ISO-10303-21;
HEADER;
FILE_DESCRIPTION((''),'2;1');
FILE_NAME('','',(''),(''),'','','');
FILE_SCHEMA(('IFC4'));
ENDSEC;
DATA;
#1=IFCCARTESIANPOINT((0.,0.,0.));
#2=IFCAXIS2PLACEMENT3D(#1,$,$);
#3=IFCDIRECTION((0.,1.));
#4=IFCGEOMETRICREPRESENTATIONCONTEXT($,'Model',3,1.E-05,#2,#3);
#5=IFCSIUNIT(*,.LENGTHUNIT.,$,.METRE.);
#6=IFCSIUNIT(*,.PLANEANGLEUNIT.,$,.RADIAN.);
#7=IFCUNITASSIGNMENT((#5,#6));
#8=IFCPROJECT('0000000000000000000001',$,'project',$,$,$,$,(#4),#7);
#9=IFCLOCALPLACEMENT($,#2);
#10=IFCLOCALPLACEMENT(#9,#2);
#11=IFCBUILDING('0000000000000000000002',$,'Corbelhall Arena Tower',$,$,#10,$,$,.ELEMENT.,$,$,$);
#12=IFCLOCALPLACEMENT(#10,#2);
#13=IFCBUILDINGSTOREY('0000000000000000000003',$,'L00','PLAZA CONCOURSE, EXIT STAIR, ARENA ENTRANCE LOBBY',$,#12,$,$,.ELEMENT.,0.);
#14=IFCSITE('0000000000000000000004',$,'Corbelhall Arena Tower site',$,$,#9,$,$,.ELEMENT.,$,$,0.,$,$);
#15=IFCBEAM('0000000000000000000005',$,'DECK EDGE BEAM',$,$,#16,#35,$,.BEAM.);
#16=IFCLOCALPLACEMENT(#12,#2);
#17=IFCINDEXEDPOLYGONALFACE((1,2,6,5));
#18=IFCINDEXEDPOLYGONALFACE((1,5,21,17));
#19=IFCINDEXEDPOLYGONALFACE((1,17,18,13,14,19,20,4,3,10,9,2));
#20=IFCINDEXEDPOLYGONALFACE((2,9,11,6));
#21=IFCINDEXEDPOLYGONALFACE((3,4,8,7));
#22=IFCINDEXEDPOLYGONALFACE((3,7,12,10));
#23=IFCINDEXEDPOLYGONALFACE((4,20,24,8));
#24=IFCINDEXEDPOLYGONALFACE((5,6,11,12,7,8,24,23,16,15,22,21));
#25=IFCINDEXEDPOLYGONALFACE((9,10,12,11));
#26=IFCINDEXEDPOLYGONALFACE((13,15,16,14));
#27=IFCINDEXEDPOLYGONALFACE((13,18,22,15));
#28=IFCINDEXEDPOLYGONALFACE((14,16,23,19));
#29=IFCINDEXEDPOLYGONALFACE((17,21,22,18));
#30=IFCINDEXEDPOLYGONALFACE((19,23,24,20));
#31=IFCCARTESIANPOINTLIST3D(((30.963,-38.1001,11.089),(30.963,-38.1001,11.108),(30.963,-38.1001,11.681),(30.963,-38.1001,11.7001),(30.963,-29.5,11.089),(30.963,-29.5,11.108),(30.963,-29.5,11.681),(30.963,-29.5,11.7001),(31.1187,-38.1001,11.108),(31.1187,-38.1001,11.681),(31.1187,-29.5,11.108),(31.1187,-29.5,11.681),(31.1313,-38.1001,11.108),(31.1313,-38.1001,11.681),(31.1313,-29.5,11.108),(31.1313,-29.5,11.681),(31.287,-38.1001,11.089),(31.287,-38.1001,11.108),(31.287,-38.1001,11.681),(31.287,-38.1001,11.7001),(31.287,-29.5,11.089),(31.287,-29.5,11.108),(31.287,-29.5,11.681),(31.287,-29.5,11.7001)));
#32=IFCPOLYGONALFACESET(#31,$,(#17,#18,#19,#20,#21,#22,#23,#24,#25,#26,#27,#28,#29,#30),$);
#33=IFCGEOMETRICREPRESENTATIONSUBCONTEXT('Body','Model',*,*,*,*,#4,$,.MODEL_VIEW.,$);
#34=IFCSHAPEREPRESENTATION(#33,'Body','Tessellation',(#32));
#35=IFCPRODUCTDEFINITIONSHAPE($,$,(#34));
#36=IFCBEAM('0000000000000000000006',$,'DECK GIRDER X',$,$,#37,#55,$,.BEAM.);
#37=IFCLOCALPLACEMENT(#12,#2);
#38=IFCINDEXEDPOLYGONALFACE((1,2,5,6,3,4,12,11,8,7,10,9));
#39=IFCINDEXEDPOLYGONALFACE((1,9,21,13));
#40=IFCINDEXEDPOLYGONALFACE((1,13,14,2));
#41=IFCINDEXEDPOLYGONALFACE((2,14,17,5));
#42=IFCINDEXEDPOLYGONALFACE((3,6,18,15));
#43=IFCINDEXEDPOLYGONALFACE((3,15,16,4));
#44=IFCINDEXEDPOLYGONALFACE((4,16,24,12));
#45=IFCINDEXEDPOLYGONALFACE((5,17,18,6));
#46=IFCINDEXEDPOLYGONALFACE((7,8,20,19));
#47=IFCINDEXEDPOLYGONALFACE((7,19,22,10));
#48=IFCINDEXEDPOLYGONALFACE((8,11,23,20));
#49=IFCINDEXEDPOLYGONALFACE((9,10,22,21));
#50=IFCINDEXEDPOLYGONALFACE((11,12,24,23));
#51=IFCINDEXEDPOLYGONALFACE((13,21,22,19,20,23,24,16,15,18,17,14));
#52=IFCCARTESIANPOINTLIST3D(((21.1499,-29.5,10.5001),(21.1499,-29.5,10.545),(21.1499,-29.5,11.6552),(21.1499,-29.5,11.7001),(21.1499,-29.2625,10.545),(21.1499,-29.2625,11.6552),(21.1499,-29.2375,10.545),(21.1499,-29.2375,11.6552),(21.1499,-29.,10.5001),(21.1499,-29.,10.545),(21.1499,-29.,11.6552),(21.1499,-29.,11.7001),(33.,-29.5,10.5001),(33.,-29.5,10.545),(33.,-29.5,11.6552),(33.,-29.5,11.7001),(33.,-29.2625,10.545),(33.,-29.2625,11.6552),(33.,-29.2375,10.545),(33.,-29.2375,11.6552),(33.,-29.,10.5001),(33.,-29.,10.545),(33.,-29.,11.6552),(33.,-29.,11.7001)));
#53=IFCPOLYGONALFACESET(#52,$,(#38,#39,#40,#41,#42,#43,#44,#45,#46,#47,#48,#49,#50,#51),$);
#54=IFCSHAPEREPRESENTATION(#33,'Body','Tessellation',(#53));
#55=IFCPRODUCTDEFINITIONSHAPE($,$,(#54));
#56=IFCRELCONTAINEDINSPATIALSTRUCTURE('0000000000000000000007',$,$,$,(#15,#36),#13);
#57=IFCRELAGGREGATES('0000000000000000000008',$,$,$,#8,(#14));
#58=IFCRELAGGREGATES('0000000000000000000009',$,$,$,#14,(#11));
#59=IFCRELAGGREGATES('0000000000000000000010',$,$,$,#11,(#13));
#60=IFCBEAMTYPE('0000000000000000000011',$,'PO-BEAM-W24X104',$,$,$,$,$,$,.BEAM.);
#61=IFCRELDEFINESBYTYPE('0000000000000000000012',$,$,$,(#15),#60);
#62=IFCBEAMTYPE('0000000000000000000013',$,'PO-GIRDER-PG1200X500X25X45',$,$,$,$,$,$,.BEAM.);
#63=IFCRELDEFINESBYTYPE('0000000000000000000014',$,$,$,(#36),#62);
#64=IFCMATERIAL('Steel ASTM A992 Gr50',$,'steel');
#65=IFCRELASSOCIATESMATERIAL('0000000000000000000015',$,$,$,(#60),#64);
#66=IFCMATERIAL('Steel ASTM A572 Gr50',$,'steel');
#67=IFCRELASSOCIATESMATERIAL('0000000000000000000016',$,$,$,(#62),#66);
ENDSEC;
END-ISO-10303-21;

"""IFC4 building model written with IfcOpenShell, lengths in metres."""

from ifc_helpers import new_model, si_unit, direction, frame, origin, origin_2d, place, context, subcontext, project, spatial, i_section, extrude, material, material_profile, profile_set, type_object, element, save


model = new_model("IFC4")

# Units and contexts
model_context = context("Model", 3, precision=1e-05, world=origin(), true_north=direction((0.0, 1.0)))
body_context = subcontext(model_context, "Body", "Model", "MODEL_VIEW")
ifc_project = project(units=[si_unit("LENGTHUNIT", "METRE"), si_unit("PLANEANGLEUNIT", "RADIAN")], contexts=[model_context])

# Site, building, storey
site_placement = place(None, origin())
site = spatial("IfcSite", under=ifc_project, at=site_placement, Name="Corbelhall Arena Tower site", CompositionType="ELEMENT", RefElevation=0.0)
building_placement = place(site_placement, origin())
building = spatial("IfcBuilding", under=site, at=building_placement, Name="Corbelhall Arena Tower", CompositionType="ELEMENT")
storey_placement = place(building_placement, origin())
storey = spatial("IfcBuildingStorey", under=building, at=storey_placement, Name="L00", Description="PLAZA CONCOURSE, EXIT STAIR, ARENA ENTRANCE LOBBY", CompositionType="ELEMENT", Elevation=0.0)

# Beams
ifc_material_1 = material(Name="Steel ASTM A992 Gr50", Category="steel")
ifc_material_profile_1 = material_profile(ifc_material_1, i_section(OverallWidth=0.324, OverallDepth=0.6111, WebThickness=0.0127, FlangeThickness=0.019, at=origin_2d()))
ifc_profile_set_1 = profile_set([ifc_material_profile_1], Name="Steel ASTM A992 Gr50")
beam_type_1 = type_object("IfcBeamType", Name="PO-BEAM-W24X104", PredefinedType="BEAM", material=ifc_profile_set_1)
beam_1_placement = place(storey_placement, frame((31.125, -29.5, 11.3945), z_axis=(0.0, -1.0, 0.0), x_axis=(1.0, 0.0, 0.0)))
element("IfcBeam", 1, at=beam_1_placement, inside=storey, type_object=beam_type_1, Name="DECK EDGE BEAM", PredefinedType="BEAM", context=body_context, shape_type="SweptSolid", body=[
    extrude(i_section(OverallWidth=0.324, OverallDepth=0.6111, WebThickness=0.0127, FlangeThickness=0.019, at=origin_2d()), origin(), (0.0, 0.0, 1.0), 8.6001),
])
ifc_material_2 = material(Name="Steel ASTM A572 Gr50", Category="steel")
ifc_material_profile_2 = material_profile(ifc_material_2, i_section(OverallWidth=0.5, OverallDepth=1.2, WebThickness=0.0249, FlangeThickness=0.0449, at=origin_2d()))
ifc_profile_set_2 = profile_set([ifc_material_profile_2], Name="Steel ASTM A572 Gr50")
beam_type_2 = type_object("IfcBeamType", Name="PO-GIRDER-PG1200X500X25X45", PredefinedType="BEAM", material=ifc_profile_set_2)
beam_2_placement = place(storey_placement, frame((21.1499, -29.25, 11.1001), z_axis=(1.0, 0.0, 0.0), x_axis=(0.0, 1.0, 0.0)))
element("IfcBeam", 2, at=beam_2_placement, inside=storey, type_object=beam_type_2, Name="DECK GIRDER X", PredefinedType="BEAM", context=body_context, shape_type="SweptSolid", body=[
    extrude(i_section(OverallWidth=0.5, OverallDepth=1.2, WebThickness=0.0249, FlangeThickness=0.0449, at=origin_2d()), origin(), (0.0, 0.0, 1.0), 11.8501),
])

save(model, "model.ifc")
